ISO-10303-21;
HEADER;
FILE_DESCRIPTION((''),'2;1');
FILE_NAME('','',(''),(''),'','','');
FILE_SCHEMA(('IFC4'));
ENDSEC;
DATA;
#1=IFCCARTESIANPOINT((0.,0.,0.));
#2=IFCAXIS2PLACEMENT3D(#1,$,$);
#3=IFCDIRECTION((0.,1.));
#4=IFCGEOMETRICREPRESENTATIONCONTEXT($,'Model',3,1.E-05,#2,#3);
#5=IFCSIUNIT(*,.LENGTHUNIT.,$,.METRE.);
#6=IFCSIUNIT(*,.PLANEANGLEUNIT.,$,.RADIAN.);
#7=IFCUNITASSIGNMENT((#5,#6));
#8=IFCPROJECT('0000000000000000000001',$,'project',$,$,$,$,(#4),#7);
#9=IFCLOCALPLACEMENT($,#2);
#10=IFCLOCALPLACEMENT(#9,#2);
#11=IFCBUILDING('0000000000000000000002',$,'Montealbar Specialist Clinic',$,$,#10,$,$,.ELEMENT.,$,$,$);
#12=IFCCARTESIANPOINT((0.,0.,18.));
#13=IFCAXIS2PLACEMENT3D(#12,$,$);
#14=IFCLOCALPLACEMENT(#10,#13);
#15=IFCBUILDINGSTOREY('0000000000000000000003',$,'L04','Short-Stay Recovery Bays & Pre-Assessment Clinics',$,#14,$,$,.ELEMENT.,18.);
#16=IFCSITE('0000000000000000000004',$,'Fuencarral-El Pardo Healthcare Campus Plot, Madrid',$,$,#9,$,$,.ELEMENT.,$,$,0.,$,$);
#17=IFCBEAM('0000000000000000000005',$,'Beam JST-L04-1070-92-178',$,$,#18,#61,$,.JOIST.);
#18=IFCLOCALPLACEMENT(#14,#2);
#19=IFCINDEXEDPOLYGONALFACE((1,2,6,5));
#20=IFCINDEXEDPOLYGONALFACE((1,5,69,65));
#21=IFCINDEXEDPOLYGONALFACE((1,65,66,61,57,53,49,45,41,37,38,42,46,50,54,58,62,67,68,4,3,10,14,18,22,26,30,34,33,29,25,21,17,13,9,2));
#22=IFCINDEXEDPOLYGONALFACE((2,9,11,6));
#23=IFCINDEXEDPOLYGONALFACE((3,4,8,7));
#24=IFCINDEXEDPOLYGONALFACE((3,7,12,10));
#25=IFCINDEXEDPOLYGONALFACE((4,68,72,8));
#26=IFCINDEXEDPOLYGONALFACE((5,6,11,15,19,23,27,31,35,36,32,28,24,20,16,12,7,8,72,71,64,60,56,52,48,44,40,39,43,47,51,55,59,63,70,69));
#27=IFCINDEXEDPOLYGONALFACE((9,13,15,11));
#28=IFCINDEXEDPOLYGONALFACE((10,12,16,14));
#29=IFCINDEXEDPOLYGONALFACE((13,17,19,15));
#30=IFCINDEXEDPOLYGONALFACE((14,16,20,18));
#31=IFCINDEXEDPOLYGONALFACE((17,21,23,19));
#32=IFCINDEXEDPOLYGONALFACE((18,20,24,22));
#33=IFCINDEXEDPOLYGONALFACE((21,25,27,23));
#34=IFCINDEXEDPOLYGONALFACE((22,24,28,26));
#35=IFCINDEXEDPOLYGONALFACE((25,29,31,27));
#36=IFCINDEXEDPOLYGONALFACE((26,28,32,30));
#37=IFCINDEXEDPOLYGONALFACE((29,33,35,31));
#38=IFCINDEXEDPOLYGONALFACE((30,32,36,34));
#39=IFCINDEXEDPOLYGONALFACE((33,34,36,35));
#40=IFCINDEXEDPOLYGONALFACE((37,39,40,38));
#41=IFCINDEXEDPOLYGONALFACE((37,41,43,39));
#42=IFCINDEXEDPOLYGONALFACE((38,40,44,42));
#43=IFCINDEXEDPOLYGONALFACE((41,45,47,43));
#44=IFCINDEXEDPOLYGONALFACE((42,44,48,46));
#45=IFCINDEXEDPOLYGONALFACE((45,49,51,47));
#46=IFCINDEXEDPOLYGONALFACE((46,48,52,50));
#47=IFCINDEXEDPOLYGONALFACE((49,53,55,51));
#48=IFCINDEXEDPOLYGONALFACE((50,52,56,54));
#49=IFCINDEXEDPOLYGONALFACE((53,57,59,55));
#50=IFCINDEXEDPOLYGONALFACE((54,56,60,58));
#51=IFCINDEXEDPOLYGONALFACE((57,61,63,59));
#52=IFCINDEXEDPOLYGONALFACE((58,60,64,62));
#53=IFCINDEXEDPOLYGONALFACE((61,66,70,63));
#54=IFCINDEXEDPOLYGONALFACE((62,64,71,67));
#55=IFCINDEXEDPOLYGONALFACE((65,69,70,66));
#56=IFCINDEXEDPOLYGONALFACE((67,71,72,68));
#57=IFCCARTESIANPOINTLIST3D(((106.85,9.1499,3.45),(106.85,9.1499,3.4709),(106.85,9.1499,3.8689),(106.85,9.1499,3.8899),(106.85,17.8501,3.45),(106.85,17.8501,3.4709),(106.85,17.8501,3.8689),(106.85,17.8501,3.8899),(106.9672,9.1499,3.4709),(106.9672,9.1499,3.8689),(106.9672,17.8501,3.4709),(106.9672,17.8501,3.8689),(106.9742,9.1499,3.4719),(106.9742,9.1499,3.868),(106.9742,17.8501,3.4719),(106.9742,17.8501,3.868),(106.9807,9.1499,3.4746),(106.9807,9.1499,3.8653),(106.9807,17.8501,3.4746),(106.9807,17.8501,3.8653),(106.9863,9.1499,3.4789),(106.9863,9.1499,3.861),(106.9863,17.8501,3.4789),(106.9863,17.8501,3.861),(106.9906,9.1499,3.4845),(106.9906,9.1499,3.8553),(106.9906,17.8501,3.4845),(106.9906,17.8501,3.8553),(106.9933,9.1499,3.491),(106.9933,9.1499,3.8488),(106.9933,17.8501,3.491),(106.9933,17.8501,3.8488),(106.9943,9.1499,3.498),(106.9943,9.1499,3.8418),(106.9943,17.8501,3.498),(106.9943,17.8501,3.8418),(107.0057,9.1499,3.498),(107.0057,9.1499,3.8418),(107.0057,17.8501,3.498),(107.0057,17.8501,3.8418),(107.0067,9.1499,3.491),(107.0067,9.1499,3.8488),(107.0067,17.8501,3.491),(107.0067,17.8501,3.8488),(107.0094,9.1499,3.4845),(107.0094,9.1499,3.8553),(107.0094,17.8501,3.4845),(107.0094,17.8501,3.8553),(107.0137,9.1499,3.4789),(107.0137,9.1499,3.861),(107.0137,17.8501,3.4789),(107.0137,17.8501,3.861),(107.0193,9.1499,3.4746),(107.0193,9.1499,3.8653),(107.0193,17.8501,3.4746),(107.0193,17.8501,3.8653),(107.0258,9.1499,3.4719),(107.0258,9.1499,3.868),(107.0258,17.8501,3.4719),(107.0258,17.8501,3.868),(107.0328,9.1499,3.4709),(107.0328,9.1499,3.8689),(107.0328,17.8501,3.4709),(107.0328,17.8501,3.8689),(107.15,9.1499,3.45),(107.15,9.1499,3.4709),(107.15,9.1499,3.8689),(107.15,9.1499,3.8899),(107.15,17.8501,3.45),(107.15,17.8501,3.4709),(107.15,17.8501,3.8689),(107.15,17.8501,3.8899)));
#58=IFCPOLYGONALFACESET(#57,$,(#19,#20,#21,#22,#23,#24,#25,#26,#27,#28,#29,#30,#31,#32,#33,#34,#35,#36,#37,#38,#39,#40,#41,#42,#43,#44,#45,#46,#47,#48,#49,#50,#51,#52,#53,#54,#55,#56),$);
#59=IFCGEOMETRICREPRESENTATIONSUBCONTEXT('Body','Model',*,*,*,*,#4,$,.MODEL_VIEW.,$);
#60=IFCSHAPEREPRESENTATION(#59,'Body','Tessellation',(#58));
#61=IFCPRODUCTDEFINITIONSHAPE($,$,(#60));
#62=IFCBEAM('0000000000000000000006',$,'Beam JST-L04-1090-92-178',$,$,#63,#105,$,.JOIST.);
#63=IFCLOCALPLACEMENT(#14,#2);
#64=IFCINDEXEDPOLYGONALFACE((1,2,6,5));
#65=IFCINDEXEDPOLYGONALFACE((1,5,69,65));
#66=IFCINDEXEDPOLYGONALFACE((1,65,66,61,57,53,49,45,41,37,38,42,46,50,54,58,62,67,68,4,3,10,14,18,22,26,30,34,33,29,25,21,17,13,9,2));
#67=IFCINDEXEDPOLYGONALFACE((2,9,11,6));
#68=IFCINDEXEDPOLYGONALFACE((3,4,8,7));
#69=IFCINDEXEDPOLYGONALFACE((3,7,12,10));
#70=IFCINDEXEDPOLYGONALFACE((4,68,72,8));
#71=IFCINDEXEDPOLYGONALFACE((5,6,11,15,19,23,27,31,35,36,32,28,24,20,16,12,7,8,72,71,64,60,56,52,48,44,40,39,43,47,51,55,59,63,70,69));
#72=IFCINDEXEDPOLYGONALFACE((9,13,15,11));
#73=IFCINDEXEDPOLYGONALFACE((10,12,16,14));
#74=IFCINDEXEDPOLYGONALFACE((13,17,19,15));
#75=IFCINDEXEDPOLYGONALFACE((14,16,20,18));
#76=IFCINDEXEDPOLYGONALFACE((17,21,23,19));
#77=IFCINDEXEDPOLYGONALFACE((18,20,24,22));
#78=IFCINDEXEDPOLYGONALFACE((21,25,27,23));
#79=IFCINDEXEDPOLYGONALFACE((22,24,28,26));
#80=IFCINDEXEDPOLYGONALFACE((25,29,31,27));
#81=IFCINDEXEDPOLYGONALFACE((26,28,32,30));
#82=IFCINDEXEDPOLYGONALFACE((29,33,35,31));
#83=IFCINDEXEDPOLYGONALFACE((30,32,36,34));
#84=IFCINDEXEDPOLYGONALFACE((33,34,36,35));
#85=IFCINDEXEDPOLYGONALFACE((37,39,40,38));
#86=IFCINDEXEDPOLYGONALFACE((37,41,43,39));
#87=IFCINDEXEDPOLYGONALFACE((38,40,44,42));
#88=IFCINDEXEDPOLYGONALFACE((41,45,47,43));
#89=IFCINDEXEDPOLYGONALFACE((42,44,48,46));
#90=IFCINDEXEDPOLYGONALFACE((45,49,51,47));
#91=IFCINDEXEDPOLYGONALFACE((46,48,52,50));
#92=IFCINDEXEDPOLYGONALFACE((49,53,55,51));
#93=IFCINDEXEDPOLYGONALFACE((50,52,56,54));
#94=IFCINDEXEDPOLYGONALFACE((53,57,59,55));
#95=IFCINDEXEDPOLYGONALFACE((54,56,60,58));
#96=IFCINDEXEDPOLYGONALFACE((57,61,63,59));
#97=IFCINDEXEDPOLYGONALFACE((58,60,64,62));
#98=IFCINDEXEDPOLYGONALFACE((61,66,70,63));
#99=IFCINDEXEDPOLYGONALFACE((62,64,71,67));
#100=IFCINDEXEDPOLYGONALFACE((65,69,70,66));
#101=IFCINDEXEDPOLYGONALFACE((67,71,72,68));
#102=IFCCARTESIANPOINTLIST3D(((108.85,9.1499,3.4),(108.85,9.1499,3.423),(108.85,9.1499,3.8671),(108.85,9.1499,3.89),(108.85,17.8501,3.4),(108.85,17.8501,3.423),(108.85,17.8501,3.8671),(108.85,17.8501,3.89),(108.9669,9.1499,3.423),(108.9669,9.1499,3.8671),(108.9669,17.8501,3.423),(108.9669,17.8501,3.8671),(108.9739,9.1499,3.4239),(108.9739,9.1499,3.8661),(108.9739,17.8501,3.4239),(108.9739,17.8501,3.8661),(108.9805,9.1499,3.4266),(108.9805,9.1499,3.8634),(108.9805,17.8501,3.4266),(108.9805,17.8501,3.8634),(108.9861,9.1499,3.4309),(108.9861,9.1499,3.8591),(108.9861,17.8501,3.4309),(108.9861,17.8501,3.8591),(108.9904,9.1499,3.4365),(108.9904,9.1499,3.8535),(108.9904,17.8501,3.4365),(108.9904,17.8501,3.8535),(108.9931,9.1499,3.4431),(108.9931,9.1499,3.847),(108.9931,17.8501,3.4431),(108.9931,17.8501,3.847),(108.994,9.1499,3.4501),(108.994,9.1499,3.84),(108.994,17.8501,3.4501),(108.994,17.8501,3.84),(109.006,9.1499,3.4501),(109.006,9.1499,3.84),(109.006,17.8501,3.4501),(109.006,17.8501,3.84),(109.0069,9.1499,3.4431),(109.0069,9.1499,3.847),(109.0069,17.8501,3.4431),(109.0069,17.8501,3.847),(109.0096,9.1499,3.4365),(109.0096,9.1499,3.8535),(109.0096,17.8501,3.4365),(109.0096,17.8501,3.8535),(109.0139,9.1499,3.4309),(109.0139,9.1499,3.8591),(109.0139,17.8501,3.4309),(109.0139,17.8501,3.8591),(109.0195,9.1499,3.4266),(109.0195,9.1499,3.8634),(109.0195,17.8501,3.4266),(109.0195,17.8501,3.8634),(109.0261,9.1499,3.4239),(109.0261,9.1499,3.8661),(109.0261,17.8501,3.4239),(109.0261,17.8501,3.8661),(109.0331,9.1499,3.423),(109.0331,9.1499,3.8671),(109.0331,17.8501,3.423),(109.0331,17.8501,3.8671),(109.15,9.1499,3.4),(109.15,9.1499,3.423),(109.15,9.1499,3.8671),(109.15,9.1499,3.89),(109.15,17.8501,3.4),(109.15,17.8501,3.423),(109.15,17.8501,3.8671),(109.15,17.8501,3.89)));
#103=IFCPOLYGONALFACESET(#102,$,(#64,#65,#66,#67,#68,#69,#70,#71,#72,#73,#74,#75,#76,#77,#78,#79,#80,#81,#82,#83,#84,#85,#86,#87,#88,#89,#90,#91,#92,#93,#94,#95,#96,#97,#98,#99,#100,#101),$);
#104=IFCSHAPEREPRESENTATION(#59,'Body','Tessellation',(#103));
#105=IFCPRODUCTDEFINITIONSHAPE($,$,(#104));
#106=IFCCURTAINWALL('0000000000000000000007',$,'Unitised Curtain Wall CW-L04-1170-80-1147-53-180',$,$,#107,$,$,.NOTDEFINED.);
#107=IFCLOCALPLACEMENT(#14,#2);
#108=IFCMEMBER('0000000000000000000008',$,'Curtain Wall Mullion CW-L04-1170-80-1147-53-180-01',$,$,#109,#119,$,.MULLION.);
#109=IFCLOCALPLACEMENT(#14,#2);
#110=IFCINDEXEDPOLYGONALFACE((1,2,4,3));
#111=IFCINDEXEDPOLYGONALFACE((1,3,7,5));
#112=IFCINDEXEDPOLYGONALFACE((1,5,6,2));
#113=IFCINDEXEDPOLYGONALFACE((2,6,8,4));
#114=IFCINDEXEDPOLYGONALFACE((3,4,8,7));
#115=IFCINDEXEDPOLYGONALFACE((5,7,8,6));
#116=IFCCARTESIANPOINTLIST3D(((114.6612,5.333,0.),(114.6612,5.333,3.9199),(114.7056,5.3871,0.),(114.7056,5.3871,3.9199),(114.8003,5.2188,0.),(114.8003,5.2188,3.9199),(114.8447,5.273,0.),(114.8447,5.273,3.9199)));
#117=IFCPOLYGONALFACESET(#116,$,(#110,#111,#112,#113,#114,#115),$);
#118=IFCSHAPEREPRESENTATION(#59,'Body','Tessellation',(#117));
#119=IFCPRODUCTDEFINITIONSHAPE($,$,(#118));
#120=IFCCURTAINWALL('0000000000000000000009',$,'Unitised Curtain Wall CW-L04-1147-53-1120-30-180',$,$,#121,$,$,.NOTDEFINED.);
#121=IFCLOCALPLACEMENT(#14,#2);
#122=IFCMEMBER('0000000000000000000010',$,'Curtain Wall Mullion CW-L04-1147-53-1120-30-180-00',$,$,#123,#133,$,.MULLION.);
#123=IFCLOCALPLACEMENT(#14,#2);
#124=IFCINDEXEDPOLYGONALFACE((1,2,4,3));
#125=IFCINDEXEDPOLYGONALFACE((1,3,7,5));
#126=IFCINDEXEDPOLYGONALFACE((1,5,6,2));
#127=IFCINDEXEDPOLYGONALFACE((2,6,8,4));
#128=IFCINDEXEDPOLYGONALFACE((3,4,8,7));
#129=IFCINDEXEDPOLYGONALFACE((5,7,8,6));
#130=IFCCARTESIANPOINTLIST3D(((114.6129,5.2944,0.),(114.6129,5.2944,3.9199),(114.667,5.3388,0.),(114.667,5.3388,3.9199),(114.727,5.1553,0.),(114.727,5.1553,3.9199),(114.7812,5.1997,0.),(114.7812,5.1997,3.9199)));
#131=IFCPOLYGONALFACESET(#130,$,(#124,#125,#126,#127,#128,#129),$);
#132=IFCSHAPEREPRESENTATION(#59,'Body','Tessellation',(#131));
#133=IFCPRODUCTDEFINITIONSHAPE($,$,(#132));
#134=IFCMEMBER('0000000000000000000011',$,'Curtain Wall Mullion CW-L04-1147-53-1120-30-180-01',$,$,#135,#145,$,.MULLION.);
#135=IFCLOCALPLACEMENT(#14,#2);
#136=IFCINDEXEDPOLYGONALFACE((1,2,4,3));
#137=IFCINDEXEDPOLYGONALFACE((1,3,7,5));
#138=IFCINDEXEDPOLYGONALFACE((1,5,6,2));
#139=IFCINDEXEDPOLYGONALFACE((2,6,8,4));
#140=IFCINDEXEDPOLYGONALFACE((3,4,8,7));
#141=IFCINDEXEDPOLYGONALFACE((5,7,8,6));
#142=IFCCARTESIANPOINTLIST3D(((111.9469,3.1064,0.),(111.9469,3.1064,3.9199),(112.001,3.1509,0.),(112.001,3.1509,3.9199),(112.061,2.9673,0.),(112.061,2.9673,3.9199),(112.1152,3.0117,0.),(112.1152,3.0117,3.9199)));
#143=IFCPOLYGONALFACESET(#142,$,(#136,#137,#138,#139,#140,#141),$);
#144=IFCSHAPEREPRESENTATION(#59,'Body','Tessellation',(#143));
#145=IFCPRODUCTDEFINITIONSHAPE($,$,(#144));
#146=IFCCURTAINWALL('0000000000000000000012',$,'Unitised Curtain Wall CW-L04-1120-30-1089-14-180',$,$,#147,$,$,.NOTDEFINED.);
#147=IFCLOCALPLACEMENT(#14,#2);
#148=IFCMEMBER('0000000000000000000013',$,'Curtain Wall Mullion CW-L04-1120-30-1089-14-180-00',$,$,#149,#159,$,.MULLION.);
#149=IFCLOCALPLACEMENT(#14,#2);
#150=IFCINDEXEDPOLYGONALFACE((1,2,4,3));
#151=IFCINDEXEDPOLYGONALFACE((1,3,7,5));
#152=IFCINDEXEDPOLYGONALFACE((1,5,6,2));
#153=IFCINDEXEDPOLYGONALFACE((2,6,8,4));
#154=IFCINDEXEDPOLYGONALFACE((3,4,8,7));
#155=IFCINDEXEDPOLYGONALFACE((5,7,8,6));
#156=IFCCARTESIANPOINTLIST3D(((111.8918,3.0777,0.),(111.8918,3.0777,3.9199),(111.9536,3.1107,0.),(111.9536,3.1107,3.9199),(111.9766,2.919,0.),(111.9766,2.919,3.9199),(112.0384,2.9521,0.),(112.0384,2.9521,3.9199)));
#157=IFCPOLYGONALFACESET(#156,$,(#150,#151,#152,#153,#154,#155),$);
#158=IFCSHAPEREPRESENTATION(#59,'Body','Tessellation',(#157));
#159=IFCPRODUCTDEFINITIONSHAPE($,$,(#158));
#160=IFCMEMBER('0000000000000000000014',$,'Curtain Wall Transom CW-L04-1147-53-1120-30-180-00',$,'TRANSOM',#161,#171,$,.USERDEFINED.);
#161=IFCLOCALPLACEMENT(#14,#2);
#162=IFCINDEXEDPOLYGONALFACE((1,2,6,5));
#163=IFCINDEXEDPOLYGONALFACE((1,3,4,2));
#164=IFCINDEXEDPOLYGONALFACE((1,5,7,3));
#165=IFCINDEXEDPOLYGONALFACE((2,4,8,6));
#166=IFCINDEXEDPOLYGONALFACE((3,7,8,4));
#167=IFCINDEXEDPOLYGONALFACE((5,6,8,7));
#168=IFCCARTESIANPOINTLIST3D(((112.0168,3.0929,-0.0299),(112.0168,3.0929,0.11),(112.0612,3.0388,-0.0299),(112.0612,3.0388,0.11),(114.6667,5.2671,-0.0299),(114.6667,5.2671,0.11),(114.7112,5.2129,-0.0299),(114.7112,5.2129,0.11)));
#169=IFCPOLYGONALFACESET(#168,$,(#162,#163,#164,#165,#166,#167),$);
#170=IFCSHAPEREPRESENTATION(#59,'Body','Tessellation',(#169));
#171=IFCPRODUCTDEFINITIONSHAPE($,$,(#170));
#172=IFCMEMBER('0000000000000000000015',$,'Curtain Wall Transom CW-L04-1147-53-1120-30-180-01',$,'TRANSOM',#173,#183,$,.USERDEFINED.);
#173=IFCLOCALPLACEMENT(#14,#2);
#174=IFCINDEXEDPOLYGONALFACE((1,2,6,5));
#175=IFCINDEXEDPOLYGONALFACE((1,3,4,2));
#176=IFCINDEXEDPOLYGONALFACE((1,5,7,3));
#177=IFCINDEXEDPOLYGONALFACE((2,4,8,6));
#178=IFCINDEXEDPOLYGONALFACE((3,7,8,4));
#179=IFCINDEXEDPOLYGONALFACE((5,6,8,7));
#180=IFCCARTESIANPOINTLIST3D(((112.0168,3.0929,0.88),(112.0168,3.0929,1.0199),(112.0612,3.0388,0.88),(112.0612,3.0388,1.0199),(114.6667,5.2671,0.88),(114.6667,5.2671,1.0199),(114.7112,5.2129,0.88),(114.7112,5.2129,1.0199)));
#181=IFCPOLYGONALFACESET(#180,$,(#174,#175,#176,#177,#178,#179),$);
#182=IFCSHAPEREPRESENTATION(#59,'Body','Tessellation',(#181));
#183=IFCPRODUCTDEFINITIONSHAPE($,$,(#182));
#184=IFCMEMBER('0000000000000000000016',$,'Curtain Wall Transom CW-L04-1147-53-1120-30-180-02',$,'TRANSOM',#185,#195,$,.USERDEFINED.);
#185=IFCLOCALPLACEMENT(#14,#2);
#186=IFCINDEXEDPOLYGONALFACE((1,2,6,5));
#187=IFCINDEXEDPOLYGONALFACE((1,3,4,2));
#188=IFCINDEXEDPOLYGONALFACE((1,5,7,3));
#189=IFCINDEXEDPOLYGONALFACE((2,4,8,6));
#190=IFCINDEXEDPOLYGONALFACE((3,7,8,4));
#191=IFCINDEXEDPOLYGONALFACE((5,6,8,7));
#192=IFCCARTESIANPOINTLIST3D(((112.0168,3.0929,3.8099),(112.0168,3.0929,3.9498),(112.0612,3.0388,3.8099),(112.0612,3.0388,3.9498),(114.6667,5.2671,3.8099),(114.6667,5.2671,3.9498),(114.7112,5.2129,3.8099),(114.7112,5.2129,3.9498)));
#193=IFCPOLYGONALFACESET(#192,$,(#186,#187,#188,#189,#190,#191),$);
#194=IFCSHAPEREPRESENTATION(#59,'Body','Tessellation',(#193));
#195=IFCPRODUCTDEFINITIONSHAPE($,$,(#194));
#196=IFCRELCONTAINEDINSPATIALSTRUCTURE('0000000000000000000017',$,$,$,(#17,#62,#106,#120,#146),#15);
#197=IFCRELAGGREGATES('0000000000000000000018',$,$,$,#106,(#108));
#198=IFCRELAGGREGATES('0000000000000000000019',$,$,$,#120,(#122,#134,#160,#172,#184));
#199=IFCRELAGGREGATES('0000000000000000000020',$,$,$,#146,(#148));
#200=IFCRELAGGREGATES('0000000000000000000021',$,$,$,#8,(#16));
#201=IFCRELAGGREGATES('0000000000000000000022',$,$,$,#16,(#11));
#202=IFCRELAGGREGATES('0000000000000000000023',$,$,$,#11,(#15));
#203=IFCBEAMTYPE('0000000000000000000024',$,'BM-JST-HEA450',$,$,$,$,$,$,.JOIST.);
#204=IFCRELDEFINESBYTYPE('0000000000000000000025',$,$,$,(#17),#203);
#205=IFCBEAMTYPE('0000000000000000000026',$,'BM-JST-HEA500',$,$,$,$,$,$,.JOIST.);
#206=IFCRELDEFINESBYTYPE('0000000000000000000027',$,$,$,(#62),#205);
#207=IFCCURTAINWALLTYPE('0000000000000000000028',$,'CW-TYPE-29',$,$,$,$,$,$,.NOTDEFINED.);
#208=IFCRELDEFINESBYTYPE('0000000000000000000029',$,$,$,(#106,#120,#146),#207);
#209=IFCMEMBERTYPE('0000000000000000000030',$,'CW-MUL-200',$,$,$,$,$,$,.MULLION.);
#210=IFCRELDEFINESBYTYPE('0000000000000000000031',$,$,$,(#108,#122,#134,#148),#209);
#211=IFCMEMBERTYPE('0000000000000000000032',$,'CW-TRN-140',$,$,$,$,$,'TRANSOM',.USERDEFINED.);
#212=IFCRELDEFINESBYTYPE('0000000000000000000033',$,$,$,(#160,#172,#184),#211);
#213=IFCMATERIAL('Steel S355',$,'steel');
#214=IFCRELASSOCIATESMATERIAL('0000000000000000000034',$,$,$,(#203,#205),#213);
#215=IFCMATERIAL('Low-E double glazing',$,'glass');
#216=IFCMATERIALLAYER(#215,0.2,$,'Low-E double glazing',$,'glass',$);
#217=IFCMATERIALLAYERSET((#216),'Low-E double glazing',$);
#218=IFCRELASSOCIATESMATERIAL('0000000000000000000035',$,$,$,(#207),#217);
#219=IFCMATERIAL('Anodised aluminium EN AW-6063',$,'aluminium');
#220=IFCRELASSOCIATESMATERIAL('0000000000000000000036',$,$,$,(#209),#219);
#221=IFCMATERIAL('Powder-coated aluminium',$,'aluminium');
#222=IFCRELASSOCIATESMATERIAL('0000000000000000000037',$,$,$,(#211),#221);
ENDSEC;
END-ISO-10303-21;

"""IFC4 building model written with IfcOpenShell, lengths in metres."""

from ifc_helpers import new_model, si_unit, direction, frame, origin, origin_2d, place, context, subcontext, project, spatial, rectangle, i_section, extrude, material, layer, layer_set, material_profile, profile_set, type_object, element, aggregate, save


model = new_model("IFC4")

# Units and contexts
model_context = context("Model", 3, precision=1e-05, world=origin(), true_north=direction((0.0, 1.0)))
body_context = subcontext(model_context, "Body", "Model", "MODEL_VIEW")
ifc_project = project(units=[si_unit("LENGTHUNIT", "METRE"), si_unit("PLANEANGLEUNIT", "RADIAN")], contexts=[model_context])

# Site, building, storey
site_placement = place(None, origin())
site = spatial("IfcSite", under=ifc_project, at=site_placement, Name="Fuencarral-El Pardo Healthcare Campus Plot, Madrid", CompositionType="ELEMENT", RefElevation=0.0)
building_placement = place(site_placement, origin())
building = spatial("IfcBuilding", under=site, at=building_placement, Name="Montealbar Specialist Clinic", CompositionType="ELEMENT")
storey_placement = place(building_placement, frame((0.0, 0.0, 18.0)))
storey = spatial("IfcBuildingStorey", under=building, at=storey_placement, Name="L04", Description="Short-Stay Recovery Bays & Pre-Assessment Clinics", CompositionType="ELEMENT", Elevation=18.0)

# Shared definitions
ifc_material_1 = material(Name="Steel S355", Category="steel")

# Beams
ifc_material_profile_1 = material_profile(ifc_material_1, i_section(OverallWidth=0.3, OverallDepth=0.4399, WebThickness=0.0115, FlangeThickness=0.021, FilletRadius=0.0271, at=origin_2d()), Name="HEA 450", Category="steel")
ifc_profile_set_1 = profile_set([ifc_material_profile_1], Name="Steel S355")
beam_type_1 = type_object("IfcBeamType", Name="BM-JST-HEA450", PredefinedType="JOIST", material=ifc_profile_set_1)
beam_1_placement = place(storey_placement, frame((107.0, 9.1499, 3.6699), z_axis=(0.0, 1.0, 0.0), x_axis=(-1.0, 0.0, 0.0)))
element("IfcBeam", 1, at=beam_1_placement, inside=storey, type_object=beam_type_1, Name="Beam JST-L04-1070-92-178", PredefinedType="JOIST", context=body_context, shape_type="SweptSolid", body=[
    extrude(i_section(OverallWidth=0.3, OverallDepth=0.4399, WebThickness=0.0115, FlangeThickness=0.021, FilletRadius=0.0271, at=origin_2d()), origin(), (0.0, 0.0, 1.0), 8.7002),
])
ifc_material_profile_2 = material_profile(ifc_material_1, i_section(OverallWidth=0.3, OverallDepth=0.49, WebThickness=0.012, FlangeThickness=0.0229, FilletRadius=0.0271, at=origin_2d()), Name="HEA 500", Category="steel")
ifc_profile_set_2 = profile_set([ifc_material_profile_2], Name="Steel S355")
beam_type_2 = type_object("IfcBeamType", Name="BM-JST-HEA500", PredefinedType="JOIST", material=ifc_profile_set_2)
beam_2_placement = place(storey_placement, frame((109.0, 9.1499, 3.645), z_axis=(0.0, 1.0, 0.0), x_axis=(-1.0, 0.0, 0.0)))
element("IfcBeam", 2, at=beam_2_placement, inside=storey, type_object=beam_type_2, Name="Beam JST-L04-1090-92-178", PredefinedType="JOIST", context=body_context, shape_type="SweptSolid", body=[
    extrude(i_section(OverallWidth=0.3, OverallDepth=0.49, WebThickness=0.012, FlangeThickness=0.0229, FilletRadius=0.0271, at=origin_2d()), origin(), (0.0, 0.0, 1.0), 8.7002),
])

# Curtain wall, member
ifc_material_2 = material(Name="Low-E double glazing", Category="glass")
ifc_layer_1 = layer(ifc_material_2, 0.2, Name="Low-E double glazing", Category="glass")
ifc_layer_set_1 = layer_set([ifc_layer_1], Name="Low-E double glazing")
curtain_wall_type = type_object("IfcCurtainWallType", Name="CW-TYPE-29", PredefinedType="NOTDEFINED", material=ifc_layer_set_1)
curtain_wall_1_placement = place(storey_placement, origin())
curtain_wall_1 = element("IfcCurtainWall", 3, at=curtain_wall_1_placement, inside=storey, type_object=curtain_wall_type, Name="Unitised Curtain Wall CW-L04-1170-80-1147-53-180", PredefinedType="NOTDEFINED")
ifc_material_3 = material(Name="Anodised aluminium EN AW-6063", Category="aluminium")
ifc_material_profile_3 = material_profile(ifc_material_3, rectangle(XDim=0.0701, YDim=0.1799, at=origin_2d()), Name="ALU 70x180", Category="aluminium")
ifc_profile_set_3 = profile_set([ifc_material_profile_3], Name="Anodised aluminium EN AW-6063")
member_type_1 = type_object("IfcMemberType", Name="CW-MUL-200", PredefinedType="MULLION", material=ifc_profile_set_3)
member_1_placement = place(storey_placement, frame((114.7529, 5.303, 0.0), z_axis=(0.0, 0.0, 1.0), x_axis=(-0.634256, -0.773123, 0.0)))
member_1 = element("IfcMember", 4, at=member_1_placement, type_object=member_type_1, Name="Curtain Wall Mullion CW-L04-1170-80-1147-53-180-01", PredefinedType="MULLION", context=body_context, shape_type="SweptSolid", body=[
    extrude(rectangle(XDim=0.0701, YDim=0.1799, at=origin_2d()), origin(), (0.0, 0.0, 1.0), 3.9199),
])
aggregate(curtain_wall_1, [member_1])

# Curtain wall, members
curtain_wall_2_placement = place(storey_placement, origin())
curtain_wall_2 = element("IfcCurtainWall", 5, at=curtain_wall_2_placement, inside=storey, type_object=curtain_wall_type, Name="Unitised Curtain Wall CW-L04-1147-53-1120-30-180", PredefinedType="NOTDEFINED")
member_2_placement = place(storey_placement, frame((114.697, 5.2471, 0.0), z_axis=(0.0, 0.0, 1.0), x_axis=(-0.773123, -0.634256, 0.0)))
member_2 = element("IfcMember", 6, at=member_2_placement, type_object=member_type_1, Name="Curtain Wall Mullion CW-L04-1147-53-1120-30-180-00", PredefinedType="MULLION", context=body_context, shape_type="SweptSolid", body=[
    extrude(rectangle(XDim=0.0701, YDim=0.1799, at=origin_2d()), origin(), (0.0, 0.0, 1.0), 3.9199),
])
member_3_placement = place(storey_placement, frame((112.031, 3.0591, 0.0), z_axis=(0.0, 0.0, 1.0), x_axis=(-0.773123, -0.634256, 0.0)))
member_3 = element("IfcMember", 7, at=member_3_placement, type_object=member_type_1, Name="Curtain Wall Mullion CW-L04-1147-53-1120-30-180-01", PredefinedType="MULLION", context=body_context, shape_type="SweptSolid", body=[
    extrude(rectangle(XDim=0.0701, YDim=0.1799, at=origin_2d()), origin(), (0.0, 0.0, 1.0), 3.9199),
])

# Curtain wall, member
curtain_wall_3_placement = place(storey_placement, origin())
curtain_wall_3 = element("IfcCurtainWall", 8, at=curtain_wall_3_placement, inside=storey, type_object=curtain_wall_type, Name="Unitised Curtain Wall CW-L04-1120-30-1089-14-180", PredefinedType="NOTDEFINED")
member_4_placement = place(storey_placement, frame((111.9651, 3.0149, 0.0), z_axis=(0.0, 0.0, 1.0), x_axis=(-0.88185, -0.471529, 0.0)))
member_4 = element("IfcMember", 9, at=member_4_placement, type_object=member_type_1, Name="Curtain Wall Mullion CW-L04-1120-30-1089-14-180-00", PredefinedType="MULLION", context=body_context, shape_type="SweptSolid", body=[
    extrude(rectangle(XDim=0.0701, YDim=0.1799, at=origin_2d()), origin(), (0.0, 0.0, 1.0), 3.9199),
])

# Members
ifc_material_4 = material(Name="Powder-coated aluminium", Category="aluminium")
ifc_material_profile_4 = material_profile(ifc_material_4, rectangle(XDim=0.0701, YDim=0.1399, at=origin_2d()), Name="ALU 70x140", Category="aluminium")
ifc_profile_set_4 = profile_set([ifc_material_profile_4], Name="Powder-coated aluminium")
member_type_2 = type_object("IfcMemberType", Name="CW-TRN-140", ElementType="TRANSOM", PredefinedType="USERDEFINED", material=ifc_profile_set_4)
member_5_placement = place(storey_placement, frame((114.689, 5.24, 0.04), z_axis=(-0.773103, -0.634281, 0.0), x_axis=(0.634281, -0.773103, 0.0)))
member_5 = element("IfcMember", 10, at=member_5_placement, type_object=member_type_2, Name="Curtain Wall Transom CW-L04-1147-53-1120-30-180-00", ObjectType="TRANSOM", PredefinedType="USERDEFINED", context=body_context, shape_type="SweptSolid", body=[
    extrude(rectangle(XDim=0.0701, YDim=0.1399, at=origin_2d()), origin(), (0.0, 0.0, 1.0), 3.4277),
])
member_6_placement = place(storey_placement, frame((114.689, 5.24, 0.95), z_axis=(-0.773103, -0.634281, 0.0), x_axis=(0.634281, -0.773103, 0.0)))
member_6 = element("IfcMember", 11, at=member_6_placement, type_object=member_type_2, Name="Curtain Wall Transom CW-L04-1147-53-1120-30-180-01", ObjectType="TRANSOM", PredefinedType="USERDEFINED", context=body_context, shape_type="SweptSolid", body=[
    extrude(rectangle(XDim=0.0701, YDim=0.1399, at=origin_2d()), origin(), (0.0, 0.0, 1.0), 3.4277),
])
member_7_placement = place(storey_placement, frame((114.689, 5.24, 3.8799), z_axis=(-0.773103, -0.634281, 0.0), x_axis=(0.634281, -0.773103, 0.0)))
member_7 = element("IfcMember", 12, at=member_7_placement, type_object=member_type_2, Name="Curtain Wall Transom CW-L04-1147-53-1120-30-180-02", ObjectType="TRANSOM", PredefinedType="USERDEFINED", context=body_context, shape_type="SweptSolid", body=[
    extrude(rectangle(XDim=0.0701, YDim=0.1399, at=origin_2d()), origin(), (0.0, 0.0, 1.0), 3.4277),
])

aggregate(curtain_wall_2, [member_2, member_3, member_5, member_6, member_7])
aggregate(curtain_wall_3, [member_4])

save(model, "model.ifc")
